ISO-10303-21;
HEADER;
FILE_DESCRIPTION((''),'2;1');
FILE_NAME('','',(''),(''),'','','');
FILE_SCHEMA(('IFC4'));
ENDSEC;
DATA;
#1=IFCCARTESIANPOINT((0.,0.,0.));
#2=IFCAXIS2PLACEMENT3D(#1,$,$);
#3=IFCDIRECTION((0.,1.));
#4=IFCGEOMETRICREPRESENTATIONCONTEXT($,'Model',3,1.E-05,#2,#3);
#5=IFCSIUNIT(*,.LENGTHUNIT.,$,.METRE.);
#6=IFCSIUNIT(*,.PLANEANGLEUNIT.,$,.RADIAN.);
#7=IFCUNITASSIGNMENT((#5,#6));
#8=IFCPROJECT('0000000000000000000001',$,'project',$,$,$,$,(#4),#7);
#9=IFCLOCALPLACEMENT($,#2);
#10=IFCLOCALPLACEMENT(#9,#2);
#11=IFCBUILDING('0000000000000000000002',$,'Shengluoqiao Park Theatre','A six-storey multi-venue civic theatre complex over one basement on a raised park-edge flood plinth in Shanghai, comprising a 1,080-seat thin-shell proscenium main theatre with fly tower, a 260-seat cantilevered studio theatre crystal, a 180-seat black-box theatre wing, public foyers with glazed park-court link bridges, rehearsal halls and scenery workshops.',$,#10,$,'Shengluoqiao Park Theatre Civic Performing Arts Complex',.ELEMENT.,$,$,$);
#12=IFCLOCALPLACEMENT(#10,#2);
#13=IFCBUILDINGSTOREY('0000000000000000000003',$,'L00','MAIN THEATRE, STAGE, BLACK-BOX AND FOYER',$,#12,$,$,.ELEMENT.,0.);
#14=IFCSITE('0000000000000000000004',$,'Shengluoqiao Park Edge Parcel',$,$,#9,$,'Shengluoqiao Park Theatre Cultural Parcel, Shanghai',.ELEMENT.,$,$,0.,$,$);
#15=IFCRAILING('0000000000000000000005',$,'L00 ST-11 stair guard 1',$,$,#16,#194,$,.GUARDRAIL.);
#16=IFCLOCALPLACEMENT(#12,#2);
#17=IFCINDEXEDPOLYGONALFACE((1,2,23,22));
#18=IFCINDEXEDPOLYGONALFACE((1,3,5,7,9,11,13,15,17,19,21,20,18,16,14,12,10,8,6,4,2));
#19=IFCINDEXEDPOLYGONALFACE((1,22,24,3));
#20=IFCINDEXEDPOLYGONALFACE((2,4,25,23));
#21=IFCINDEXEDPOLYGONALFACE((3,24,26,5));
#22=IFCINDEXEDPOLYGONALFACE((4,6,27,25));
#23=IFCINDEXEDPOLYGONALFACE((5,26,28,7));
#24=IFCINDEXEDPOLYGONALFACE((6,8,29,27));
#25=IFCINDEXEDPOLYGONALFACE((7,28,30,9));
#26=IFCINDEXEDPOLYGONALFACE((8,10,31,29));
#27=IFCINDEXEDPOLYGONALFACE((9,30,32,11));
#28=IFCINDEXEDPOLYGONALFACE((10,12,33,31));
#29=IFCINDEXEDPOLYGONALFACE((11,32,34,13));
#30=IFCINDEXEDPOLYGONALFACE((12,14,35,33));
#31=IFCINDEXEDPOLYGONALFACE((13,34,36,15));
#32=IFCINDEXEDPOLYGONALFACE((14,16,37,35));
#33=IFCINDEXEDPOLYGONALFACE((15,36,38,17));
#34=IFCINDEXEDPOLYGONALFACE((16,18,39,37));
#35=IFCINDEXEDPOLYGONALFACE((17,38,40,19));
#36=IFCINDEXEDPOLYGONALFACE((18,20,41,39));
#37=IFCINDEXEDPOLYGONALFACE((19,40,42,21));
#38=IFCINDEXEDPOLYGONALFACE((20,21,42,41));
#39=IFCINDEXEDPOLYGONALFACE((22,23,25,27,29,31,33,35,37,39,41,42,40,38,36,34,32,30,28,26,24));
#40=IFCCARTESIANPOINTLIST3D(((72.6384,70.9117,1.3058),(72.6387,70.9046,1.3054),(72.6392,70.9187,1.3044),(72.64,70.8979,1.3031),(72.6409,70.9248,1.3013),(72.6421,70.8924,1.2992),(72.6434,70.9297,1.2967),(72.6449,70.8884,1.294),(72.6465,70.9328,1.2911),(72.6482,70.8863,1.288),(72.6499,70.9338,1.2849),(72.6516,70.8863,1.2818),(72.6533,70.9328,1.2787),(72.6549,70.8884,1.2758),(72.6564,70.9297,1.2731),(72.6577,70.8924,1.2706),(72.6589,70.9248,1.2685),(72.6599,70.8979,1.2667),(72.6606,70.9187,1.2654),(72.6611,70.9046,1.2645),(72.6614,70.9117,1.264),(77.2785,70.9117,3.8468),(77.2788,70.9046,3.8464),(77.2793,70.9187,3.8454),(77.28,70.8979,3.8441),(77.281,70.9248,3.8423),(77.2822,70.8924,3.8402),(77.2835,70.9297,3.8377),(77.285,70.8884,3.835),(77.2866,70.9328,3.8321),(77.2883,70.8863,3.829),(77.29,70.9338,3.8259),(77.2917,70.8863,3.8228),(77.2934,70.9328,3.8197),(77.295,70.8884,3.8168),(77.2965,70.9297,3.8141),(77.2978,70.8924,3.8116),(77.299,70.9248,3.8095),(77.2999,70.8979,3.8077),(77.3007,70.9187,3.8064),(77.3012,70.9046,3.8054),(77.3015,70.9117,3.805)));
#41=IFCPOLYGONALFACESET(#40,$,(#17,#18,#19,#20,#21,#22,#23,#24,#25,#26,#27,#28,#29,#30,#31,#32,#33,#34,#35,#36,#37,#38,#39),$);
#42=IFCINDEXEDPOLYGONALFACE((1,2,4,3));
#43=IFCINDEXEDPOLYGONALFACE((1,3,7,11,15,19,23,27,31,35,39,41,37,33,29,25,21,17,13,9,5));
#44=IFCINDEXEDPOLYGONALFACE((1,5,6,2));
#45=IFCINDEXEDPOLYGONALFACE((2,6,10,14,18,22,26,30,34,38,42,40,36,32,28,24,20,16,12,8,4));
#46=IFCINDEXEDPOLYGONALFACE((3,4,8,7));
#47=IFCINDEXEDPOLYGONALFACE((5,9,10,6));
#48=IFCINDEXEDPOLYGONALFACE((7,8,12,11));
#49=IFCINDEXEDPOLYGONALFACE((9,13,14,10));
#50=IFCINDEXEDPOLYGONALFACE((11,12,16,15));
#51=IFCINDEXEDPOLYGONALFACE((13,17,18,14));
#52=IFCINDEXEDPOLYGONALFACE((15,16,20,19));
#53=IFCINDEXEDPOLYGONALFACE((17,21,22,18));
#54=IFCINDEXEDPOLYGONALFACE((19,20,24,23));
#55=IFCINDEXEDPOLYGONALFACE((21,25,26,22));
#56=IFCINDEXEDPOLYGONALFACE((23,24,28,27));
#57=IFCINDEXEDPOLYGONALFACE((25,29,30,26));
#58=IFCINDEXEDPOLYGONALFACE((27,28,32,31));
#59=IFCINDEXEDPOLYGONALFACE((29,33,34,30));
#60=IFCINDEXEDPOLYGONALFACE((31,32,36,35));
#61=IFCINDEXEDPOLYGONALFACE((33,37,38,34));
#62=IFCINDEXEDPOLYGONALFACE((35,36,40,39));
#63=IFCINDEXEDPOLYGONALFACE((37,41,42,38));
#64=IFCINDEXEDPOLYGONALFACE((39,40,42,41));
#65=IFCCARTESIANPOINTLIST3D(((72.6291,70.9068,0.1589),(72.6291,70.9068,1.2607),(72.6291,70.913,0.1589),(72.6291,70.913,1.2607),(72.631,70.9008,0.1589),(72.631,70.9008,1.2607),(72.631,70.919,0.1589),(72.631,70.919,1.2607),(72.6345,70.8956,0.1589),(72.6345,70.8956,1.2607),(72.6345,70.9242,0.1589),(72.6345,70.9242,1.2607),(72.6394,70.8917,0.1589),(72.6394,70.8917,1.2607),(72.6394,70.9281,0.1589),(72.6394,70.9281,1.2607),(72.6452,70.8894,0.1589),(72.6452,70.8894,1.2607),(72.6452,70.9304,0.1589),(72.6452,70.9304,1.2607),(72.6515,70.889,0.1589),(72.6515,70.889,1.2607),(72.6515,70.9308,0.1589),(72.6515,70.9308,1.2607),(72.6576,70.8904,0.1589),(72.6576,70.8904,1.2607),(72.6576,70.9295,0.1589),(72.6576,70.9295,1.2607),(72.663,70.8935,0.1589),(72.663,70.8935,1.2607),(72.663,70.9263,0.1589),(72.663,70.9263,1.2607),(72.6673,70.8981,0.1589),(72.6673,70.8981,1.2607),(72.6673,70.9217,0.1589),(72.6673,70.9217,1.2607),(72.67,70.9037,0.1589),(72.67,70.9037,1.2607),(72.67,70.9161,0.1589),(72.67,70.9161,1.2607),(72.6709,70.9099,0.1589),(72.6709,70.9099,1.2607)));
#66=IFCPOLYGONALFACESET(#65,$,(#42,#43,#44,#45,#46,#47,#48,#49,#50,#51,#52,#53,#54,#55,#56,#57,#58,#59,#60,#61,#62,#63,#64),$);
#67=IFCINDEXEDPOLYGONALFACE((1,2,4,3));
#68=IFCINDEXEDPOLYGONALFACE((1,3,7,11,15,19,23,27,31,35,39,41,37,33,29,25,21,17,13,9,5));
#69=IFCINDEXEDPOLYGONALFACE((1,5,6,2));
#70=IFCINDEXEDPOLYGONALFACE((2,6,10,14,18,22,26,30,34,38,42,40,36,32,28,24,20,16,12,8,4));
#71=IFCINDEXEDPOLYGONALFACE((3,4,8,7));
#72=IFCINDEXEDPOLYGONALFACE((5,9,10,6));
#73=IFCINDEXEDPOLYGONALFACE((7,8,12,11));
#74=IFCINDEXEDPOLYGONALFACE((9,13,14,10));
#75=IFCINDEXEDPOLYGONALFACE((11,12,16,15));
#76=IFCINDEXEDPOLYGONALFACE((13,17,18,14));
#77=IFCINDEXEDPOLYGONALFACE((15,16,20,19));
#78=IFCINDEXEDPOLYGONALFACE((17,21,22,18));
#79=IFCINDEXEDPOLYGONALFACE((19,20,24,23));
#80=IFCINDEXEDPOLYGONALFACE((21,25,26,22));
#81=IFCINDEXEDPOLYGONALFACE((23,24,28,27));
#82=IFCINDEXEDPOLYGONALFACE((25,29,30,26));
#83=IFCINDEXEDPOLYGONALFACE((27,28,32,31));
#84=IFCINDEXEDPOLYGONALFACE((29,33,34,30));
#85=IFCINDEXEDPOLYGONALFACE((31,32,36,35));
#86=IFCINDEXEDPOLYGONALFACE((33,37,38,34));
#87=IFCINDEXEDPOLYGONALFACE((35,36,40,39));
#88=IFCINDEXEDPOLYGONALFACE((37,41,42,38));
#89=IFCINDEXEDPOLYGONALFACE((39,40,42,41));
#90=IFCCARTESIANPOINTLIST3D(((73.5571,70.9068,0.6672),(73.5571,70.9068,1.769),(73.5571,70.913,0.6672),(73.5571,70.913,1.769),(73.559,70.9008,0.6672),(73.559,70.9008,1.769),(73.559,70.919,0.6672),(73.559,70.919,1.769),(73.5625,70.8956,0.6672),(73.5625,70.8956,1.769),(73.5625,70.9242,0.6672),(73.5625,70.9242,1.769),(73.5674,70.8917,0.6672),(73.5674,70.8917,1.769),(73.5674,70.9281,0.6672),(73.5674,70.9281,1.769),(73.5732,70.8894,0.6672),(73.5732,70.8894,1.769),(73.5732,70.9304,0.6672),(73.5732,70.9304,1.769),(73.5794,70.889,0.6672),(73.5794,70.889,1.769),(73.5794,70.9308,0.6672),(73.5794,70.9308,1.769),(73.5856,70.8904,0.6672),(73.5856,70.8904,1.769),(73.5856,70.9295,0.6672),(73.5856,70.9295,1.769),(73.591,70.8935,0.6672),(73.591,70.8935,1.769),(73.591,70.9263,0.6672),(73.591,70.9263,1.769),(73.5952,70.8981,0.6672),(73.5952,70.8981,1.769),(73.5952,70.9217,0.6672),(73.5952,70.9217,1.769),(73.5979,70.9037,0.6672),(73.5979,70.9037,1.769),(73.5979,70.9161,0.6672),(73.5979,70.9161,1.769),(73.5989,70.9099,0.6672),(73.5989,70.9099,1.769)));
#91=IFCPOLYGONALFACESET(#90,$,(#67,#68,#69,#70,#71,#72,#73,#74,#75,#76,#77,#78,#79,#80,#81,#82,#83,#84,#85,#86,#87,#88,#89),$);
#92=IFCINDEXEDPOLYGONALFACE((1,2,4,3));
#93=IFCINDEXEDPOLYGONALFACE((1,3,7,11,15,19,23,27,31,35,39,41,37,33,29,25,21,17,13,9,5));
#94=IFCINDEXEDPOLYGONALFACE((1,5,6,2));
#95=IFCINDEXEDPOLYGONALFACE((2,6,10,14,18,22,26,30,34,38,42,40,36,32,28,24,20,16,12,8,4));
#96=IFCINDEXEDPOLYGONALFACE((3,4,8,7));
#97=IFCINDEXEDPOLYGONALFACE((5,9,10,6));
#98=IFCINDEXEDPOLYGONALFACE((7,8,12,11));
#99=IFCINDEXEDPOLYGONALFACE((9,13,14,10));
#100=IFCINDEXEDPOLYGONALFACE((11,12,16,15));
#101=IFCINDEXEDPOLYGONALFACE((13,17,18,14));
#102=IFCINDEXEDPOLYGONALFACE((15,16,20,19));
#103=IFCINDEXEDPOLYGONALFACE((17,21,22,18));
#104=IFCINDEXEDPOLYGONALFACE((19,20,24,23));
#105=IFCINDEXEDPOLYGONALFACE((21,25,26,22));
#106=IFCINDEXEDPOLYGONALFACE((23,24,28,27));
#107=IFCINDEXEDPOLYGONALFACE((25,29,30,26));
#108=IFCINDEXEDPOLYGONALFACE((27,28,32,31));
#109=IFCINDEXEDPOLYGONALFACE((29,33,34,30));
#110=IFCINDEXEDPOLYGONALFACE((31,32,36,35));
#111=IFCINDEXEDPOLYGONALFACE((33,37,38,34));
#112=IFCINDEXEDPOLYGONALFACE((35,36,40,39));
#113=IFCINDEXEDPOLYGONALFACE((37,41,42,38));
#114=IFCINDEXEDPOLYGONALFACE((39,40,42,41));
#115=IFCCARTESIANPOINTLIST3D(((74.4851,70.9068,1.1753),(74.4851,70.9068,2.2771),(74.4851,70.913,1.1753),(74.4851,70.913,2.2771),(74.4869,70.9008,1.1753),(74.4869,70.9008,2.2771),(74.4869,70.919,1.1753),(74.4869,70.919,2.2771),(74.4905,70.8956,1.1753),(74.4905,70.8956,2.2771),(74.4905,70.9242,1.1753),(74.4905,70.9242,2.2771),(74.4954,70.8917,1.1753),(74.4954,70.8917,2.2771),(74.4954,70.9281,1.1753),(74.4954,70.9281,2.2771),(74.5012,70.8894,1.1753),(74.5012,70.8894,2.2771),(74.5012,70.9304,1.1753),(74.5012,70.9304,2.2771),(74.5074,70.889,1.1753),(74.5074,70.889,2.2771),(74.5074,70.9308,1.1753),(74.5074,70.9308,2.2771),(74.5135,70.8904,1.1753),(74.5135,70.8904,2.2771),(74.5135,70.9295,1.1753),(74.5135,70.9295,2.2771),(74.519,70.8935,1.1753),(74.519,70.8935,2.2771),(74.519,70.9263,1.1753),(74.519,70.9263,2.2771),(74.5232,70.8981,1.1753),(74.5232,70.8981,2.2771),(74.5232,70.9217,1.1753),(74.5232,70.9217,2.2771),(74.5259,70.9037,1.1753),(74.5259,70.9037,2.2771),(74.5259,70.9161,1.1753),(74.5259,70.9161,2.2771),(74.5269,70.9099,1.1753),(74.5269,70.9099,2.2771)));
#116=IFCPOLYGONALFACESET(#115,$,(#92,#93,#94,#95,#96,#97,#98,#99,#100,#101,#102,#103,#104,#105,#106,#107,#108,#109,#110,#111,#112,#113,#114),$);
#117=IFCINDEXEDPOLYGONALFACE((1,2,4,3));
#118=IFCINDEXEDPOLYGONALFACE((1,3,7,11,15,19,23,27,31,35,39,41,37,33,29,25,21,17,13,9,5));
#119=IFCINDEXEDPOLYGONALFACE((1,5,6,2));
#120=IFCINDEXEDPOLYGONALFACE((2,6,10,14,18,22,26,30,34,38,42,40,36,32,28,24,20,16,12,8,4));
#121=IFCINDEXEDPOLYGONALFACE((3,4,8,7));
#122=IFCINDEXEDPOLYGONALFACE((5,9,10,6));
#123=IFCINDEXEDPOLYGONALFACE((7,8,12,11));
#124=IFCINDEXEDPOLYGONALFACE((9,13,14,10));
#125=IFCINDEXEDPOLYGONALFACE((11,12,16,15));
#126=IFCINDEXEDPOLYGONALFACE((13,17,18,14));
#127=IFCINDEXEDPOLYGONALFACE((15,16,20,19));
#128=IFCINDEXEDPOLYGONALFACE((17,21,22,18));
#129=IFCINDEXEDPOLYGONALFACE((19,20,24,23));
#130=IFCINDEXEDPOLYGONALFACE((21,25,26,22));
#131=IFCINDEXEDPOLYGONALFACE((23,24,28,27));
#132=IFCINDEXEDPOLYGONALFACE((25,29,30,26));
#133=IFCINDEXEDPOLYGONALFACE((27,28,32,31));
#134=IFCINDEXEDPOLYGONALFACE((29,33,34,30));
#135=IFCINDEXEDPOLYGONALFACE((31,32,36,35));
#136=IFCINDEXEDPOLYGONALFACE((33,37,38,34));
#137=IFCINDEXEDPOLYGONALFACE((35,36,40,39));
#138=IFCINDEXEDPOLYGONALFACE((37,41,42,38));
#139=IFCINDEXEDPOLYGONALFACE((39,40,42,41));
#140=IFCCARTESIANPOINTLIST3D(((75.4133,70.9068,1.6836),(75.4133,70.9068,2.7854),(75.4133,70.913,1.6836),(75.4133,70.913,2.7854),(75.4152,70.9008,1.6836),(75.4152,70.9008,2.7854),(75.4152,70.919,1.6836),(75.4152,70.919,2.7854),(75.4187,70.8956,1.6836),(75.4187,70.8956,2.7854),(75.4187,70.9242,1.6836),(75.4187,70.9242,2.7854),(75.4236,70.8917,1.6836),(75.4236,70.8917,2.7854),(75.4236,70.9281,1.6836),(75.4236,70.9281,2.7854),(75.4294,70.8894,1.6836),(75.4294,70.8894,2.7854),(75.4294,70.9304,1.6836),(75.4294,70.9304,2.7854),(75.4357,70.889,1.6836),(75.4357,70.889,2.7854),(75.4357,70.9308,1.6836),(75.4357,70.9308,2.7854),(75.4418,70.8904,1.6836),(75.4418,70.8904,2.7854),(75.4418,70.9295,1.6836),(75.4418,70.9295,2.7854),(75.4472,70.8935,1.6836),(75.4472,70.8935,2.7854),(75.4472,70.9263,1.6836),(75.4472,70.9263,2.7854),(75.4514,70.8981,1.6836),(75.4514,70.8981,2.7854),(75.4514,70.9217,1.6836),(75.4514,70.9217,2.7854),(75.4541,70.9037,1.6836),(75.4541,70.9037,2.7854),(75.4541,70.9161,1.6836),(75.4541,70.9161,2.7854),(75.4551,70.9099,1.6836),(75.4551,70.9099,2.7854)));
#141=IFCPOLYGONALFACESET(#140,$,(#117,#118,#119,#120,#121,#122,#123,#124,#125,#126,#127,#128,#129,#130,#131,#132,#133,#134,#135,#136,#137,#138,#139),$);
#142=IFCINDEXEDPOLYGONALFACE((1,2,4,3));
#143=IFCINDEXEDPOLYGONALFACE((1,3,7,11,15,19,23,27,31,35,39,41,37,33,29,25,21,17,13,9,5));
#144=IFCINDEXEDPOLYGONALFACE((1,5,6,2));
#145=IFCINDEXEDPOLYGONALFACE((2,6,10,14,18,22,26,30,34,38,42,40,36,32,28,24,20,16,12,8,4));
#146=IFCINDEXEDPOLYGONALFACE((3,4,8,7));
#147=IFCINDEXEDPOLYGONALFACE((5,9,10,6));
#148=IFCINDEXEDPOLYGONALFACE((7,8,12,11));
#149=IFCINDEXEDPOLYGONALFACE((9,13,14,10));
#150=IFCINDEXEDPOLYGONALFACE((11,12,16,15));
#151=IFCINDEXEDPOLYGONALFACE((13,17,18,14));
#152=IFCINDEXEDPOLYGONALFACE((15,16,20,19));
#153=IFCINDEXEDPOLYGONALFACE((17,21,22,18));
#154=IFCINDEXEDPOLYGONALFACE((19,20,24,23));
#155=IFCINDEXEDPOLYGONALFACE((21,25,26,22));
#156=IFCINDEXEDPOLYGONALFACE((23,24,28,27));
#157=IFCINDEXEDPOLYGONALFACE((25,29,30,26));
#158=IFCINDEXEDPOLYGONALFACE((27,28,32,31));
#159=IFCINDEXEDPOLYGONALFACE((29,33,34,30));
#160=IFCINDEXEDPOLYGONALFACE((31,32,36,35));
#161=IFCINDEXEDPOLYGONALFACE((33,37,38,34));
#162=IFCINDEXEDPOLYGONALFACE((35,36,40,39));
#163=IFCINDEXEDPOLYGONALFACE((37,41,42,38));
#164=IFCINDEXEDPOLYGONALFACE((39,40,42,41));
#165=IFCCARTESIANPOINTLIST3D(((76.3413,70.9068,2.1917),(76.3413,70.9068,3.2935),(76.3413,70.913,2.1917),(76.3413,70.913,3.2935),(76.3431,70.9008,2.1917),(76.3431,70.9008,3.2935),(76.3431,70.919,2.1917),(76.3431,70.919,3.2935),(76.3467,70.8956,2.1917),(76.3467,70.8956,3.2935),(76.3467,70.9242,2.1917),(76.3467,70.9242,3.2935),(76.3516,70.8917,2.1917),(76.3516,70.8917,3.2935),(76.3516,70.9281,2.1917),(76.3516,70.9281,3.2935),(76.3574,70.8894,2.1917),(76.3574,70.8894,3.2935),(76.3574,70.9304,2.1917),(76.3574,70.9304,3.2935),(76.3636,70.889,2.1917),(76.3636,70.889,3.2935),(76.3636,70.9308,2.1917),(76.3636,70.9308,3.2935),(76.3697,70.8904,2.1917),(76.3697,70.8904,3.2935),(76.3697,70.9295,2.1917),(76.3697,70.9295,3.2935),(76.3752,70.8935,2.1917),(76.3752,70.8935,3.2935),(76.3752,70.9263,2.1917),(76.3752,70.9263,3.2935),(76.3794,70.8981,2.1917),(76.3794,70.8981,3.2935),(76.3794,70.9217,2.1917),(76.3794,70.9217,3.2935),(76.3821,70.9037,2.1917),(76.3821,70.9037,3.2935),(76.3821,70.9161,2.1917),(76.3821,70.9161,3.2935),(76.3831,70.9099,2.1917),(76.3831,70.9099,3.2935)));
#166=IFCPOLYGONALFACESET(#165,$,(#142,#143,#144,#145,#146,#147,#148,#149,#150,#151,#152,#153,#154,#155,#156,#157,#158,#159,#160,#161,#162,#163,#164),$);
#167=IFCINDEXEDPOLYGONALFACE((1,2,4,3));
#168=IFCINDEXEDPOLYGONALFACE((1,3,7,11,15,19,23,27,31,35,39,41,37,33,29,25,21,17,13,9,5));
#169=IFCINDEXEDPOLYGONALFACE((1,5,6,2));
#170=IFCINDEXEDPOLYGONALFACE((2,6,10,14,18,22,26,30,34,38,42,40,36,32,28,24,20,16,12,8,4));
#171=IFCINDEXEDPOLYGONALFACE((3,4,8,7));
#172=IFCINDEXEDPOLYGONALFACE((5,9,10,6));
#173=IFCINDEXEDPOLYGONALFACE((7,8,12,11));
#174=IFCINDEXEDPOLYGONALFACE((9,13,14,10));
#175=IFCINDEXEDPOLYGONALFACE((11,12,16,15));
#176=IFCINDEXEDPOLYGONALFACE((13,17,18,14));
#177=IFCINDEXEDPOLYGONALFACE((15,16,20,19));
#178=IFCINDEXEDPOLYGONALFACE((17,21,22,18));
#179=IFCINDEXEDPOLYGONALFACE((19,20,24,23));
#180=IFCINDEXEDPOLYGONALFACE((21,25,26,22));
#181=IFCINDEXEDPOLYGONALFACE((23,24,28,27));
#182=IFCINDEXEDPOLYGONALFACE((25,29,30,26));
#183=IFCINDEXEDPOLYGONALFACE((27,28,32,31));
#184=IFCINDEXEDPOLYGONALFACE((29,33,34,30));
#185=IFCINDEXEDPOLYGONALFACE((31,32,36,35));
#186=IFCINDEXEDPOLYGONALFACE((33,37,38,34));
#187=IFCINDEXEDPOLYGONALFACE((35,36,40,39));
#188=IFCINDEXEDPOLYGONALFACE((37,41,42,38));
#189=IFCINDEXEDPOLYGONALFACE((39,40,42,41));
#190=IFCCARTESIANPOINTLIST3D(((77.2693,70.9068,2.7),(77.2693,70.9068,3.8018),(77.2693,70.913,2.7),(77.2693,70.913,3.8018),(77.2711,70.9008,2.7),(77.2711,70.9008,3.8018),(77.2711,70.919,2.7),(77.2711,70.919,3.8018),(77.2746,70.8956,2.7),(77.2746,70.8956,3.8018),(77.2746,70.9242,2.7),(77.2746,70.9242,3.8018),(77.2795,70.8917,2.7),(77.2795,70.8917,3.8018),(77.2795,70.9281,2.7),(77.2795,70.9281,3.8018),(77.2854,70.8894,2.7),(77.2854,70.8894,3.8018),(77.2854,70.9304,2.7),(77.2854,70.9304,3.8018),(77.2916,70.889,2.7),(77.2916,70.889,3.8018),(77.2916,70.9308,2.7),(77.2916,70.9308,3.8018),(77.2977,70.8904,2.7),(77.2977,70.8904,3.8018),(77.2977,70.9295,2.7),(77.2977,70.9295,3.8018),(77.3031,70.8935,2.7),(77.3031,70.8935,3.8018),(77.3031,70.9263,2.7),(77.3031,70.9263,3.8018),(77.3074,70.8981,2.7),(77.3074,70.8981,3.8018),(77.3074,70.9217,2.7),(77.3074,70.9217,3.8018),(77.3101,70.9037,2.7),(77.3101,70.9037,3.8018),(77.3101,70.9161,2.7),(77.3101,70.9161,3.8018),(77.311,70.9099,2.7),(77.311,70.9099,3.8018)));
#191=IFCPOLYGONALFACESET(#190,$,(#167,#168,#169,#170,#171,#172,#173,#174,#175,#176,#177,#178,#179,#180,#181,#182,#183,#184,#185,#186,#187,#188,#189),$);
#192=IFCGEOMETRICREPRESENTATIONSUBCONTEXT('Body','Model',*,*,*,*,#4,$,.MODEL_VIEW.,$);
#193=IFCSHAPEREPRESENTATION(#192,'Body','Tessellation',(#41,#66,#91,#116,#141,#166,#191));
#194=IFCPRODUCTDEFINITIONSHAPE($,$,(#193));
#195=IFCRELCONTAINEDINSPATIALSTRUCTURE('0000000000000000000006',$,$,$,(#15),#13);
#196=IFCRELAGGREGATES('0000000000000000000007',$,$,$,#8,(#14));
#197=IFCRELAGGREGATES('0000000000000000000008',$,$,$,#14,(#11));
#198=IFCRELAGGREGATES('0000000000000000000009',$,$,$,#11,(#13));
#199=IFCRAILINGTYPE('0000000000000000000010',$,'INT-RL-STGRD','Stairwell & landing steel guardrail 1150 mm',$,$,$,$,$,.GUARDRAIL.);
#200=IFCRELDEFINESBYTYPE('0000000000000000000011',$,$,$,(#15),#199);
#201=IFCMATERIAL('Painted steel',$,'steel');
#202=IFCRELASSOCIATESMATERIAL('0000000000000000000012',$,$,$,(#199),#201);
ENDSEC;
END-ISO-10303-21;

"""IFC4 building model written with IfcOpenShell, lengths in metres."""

from ifc_helpers import new_model, si_unit, direction, frame, origin, origin_2d, place, context, subcontext, project, spatial, circle, extrude, material, type_object, element, save


model = new_model("IFC4")

# Units and contexts
model_context = context("Model", 3, precision=1e-05, world=origin(), true_north=direction((0.0, 1.0)))
body_context = subcontext(model_context, "Body", "Model", "MODEL_VIEW")
ifc_project = project(units=[si_unit("LENGTHUNIT", "METRE"), si_unit("PLANEANGLEUNIT", "RADIAN")], contexts=[model_context])

# Site, building, storey
site_placement = place(None, origin())
site = spatial("IfcSite", under=ifc_project, at=site_placement, Name="Shengluoqiao Park Edge Parcel", LongName="Shengluoqiao Park Theatre Cultural Parcel, Shanghai", CompositionType="ELEMENT", RefElevation=0.0)
building_placement = place(site_placement, origin())
building = spatial("IfcBuilding", under=site, at=building_placement, Name="Shengluoqiao Park Theatre", Description="A six-storey multi-venue civic theatre complex over one basement on a raised park-edge flood plinth in Shanghai, comprising a 1,080-seat thin-shell proscenium main theatre with fly tower, a 260-seat cantilevered studio theatre crystal, a 180-seat black-box theatre wing, public foyers with glazed park-court link bridges, rehearsal halls and scenery workshops.", LongName="Shengluoqiao Park Theatre Civic Performing Arts Complex", CompositionType="ELEMENT")
storey_placement = place(building_placement, origin())
storey = spatial("IfcBuildingStorey", under=building, at=storey_placement, Name="L00", Description="MAIN THEATRE, STAGE, BLACK-BOX AND FOYER", CompositionType="ELEMENT", Elevation=0.0)

# Railing
ifc_material_1 = material(Name="Painted steel", Category="steel")
railing_type_1 = type_object("IfcRailingType", Name="INT-RL-STGRD", Description="Stairwell & landing steel guardrail 1150 mm", PredefinedType="GUARDRAIL", material=ifc_material_1)
railing_1_placement = place(storey_placement, frame((72.6499, 70.9099, 0.1589)))
element("IfcRailing", 1, at=railing_1_placement, inside=storey, type_object=railing_type_1, Name="L00 ST-11 stair guard 1", PredefinedType="GUARDRAIL", context=body_context, shape_type="SweptSolid", body=[
    extrude(circle(Radius=0.0239, at=origin_2d()), frame((0.0, 0.0, 1.126), z_axis=(0.877097, 0.0, 0.480313), x_axis=(0.0, 1.0, 0.0)), (0.0, 0.0, 1.0), 5.2903),
    extrude(circle(Radius=0.021, at=origin_2d()), origin(), (0.0, 0.0, 1.0), 1.1018),
    extrude(circle(Radius=0.021, at=origin_2d()), frame((0.928, 0.0, 0.5083)), (0.0, 0.0, 1.0), 1.1018),
    extrude(circle(Radius=0.021, at=origin_2d()), frame((1.856, 0.0, 1.0164)), (0.0, 0.0, 1.0), 1.1018),
    extrude(circle(Radius=0.021, at=origin_2d()), frame((2.7842, 0.0, 1.5247)), (0.0, 0.0, 1.0), 1.1018),
    extrude(circle(Radius=0.021, at=origin_2d()), frame((3.7122, 0.0, 2.0327)), (0.0, 0.0, 1.0), 1.1018),
    extrude(circle(Radius=0.021, at=origin_2d()), frame((4.6401, 0.0, 2.541)), (0.0, 0.0, 1.0), 1.1018),
])

save(model, "model.ifc")
